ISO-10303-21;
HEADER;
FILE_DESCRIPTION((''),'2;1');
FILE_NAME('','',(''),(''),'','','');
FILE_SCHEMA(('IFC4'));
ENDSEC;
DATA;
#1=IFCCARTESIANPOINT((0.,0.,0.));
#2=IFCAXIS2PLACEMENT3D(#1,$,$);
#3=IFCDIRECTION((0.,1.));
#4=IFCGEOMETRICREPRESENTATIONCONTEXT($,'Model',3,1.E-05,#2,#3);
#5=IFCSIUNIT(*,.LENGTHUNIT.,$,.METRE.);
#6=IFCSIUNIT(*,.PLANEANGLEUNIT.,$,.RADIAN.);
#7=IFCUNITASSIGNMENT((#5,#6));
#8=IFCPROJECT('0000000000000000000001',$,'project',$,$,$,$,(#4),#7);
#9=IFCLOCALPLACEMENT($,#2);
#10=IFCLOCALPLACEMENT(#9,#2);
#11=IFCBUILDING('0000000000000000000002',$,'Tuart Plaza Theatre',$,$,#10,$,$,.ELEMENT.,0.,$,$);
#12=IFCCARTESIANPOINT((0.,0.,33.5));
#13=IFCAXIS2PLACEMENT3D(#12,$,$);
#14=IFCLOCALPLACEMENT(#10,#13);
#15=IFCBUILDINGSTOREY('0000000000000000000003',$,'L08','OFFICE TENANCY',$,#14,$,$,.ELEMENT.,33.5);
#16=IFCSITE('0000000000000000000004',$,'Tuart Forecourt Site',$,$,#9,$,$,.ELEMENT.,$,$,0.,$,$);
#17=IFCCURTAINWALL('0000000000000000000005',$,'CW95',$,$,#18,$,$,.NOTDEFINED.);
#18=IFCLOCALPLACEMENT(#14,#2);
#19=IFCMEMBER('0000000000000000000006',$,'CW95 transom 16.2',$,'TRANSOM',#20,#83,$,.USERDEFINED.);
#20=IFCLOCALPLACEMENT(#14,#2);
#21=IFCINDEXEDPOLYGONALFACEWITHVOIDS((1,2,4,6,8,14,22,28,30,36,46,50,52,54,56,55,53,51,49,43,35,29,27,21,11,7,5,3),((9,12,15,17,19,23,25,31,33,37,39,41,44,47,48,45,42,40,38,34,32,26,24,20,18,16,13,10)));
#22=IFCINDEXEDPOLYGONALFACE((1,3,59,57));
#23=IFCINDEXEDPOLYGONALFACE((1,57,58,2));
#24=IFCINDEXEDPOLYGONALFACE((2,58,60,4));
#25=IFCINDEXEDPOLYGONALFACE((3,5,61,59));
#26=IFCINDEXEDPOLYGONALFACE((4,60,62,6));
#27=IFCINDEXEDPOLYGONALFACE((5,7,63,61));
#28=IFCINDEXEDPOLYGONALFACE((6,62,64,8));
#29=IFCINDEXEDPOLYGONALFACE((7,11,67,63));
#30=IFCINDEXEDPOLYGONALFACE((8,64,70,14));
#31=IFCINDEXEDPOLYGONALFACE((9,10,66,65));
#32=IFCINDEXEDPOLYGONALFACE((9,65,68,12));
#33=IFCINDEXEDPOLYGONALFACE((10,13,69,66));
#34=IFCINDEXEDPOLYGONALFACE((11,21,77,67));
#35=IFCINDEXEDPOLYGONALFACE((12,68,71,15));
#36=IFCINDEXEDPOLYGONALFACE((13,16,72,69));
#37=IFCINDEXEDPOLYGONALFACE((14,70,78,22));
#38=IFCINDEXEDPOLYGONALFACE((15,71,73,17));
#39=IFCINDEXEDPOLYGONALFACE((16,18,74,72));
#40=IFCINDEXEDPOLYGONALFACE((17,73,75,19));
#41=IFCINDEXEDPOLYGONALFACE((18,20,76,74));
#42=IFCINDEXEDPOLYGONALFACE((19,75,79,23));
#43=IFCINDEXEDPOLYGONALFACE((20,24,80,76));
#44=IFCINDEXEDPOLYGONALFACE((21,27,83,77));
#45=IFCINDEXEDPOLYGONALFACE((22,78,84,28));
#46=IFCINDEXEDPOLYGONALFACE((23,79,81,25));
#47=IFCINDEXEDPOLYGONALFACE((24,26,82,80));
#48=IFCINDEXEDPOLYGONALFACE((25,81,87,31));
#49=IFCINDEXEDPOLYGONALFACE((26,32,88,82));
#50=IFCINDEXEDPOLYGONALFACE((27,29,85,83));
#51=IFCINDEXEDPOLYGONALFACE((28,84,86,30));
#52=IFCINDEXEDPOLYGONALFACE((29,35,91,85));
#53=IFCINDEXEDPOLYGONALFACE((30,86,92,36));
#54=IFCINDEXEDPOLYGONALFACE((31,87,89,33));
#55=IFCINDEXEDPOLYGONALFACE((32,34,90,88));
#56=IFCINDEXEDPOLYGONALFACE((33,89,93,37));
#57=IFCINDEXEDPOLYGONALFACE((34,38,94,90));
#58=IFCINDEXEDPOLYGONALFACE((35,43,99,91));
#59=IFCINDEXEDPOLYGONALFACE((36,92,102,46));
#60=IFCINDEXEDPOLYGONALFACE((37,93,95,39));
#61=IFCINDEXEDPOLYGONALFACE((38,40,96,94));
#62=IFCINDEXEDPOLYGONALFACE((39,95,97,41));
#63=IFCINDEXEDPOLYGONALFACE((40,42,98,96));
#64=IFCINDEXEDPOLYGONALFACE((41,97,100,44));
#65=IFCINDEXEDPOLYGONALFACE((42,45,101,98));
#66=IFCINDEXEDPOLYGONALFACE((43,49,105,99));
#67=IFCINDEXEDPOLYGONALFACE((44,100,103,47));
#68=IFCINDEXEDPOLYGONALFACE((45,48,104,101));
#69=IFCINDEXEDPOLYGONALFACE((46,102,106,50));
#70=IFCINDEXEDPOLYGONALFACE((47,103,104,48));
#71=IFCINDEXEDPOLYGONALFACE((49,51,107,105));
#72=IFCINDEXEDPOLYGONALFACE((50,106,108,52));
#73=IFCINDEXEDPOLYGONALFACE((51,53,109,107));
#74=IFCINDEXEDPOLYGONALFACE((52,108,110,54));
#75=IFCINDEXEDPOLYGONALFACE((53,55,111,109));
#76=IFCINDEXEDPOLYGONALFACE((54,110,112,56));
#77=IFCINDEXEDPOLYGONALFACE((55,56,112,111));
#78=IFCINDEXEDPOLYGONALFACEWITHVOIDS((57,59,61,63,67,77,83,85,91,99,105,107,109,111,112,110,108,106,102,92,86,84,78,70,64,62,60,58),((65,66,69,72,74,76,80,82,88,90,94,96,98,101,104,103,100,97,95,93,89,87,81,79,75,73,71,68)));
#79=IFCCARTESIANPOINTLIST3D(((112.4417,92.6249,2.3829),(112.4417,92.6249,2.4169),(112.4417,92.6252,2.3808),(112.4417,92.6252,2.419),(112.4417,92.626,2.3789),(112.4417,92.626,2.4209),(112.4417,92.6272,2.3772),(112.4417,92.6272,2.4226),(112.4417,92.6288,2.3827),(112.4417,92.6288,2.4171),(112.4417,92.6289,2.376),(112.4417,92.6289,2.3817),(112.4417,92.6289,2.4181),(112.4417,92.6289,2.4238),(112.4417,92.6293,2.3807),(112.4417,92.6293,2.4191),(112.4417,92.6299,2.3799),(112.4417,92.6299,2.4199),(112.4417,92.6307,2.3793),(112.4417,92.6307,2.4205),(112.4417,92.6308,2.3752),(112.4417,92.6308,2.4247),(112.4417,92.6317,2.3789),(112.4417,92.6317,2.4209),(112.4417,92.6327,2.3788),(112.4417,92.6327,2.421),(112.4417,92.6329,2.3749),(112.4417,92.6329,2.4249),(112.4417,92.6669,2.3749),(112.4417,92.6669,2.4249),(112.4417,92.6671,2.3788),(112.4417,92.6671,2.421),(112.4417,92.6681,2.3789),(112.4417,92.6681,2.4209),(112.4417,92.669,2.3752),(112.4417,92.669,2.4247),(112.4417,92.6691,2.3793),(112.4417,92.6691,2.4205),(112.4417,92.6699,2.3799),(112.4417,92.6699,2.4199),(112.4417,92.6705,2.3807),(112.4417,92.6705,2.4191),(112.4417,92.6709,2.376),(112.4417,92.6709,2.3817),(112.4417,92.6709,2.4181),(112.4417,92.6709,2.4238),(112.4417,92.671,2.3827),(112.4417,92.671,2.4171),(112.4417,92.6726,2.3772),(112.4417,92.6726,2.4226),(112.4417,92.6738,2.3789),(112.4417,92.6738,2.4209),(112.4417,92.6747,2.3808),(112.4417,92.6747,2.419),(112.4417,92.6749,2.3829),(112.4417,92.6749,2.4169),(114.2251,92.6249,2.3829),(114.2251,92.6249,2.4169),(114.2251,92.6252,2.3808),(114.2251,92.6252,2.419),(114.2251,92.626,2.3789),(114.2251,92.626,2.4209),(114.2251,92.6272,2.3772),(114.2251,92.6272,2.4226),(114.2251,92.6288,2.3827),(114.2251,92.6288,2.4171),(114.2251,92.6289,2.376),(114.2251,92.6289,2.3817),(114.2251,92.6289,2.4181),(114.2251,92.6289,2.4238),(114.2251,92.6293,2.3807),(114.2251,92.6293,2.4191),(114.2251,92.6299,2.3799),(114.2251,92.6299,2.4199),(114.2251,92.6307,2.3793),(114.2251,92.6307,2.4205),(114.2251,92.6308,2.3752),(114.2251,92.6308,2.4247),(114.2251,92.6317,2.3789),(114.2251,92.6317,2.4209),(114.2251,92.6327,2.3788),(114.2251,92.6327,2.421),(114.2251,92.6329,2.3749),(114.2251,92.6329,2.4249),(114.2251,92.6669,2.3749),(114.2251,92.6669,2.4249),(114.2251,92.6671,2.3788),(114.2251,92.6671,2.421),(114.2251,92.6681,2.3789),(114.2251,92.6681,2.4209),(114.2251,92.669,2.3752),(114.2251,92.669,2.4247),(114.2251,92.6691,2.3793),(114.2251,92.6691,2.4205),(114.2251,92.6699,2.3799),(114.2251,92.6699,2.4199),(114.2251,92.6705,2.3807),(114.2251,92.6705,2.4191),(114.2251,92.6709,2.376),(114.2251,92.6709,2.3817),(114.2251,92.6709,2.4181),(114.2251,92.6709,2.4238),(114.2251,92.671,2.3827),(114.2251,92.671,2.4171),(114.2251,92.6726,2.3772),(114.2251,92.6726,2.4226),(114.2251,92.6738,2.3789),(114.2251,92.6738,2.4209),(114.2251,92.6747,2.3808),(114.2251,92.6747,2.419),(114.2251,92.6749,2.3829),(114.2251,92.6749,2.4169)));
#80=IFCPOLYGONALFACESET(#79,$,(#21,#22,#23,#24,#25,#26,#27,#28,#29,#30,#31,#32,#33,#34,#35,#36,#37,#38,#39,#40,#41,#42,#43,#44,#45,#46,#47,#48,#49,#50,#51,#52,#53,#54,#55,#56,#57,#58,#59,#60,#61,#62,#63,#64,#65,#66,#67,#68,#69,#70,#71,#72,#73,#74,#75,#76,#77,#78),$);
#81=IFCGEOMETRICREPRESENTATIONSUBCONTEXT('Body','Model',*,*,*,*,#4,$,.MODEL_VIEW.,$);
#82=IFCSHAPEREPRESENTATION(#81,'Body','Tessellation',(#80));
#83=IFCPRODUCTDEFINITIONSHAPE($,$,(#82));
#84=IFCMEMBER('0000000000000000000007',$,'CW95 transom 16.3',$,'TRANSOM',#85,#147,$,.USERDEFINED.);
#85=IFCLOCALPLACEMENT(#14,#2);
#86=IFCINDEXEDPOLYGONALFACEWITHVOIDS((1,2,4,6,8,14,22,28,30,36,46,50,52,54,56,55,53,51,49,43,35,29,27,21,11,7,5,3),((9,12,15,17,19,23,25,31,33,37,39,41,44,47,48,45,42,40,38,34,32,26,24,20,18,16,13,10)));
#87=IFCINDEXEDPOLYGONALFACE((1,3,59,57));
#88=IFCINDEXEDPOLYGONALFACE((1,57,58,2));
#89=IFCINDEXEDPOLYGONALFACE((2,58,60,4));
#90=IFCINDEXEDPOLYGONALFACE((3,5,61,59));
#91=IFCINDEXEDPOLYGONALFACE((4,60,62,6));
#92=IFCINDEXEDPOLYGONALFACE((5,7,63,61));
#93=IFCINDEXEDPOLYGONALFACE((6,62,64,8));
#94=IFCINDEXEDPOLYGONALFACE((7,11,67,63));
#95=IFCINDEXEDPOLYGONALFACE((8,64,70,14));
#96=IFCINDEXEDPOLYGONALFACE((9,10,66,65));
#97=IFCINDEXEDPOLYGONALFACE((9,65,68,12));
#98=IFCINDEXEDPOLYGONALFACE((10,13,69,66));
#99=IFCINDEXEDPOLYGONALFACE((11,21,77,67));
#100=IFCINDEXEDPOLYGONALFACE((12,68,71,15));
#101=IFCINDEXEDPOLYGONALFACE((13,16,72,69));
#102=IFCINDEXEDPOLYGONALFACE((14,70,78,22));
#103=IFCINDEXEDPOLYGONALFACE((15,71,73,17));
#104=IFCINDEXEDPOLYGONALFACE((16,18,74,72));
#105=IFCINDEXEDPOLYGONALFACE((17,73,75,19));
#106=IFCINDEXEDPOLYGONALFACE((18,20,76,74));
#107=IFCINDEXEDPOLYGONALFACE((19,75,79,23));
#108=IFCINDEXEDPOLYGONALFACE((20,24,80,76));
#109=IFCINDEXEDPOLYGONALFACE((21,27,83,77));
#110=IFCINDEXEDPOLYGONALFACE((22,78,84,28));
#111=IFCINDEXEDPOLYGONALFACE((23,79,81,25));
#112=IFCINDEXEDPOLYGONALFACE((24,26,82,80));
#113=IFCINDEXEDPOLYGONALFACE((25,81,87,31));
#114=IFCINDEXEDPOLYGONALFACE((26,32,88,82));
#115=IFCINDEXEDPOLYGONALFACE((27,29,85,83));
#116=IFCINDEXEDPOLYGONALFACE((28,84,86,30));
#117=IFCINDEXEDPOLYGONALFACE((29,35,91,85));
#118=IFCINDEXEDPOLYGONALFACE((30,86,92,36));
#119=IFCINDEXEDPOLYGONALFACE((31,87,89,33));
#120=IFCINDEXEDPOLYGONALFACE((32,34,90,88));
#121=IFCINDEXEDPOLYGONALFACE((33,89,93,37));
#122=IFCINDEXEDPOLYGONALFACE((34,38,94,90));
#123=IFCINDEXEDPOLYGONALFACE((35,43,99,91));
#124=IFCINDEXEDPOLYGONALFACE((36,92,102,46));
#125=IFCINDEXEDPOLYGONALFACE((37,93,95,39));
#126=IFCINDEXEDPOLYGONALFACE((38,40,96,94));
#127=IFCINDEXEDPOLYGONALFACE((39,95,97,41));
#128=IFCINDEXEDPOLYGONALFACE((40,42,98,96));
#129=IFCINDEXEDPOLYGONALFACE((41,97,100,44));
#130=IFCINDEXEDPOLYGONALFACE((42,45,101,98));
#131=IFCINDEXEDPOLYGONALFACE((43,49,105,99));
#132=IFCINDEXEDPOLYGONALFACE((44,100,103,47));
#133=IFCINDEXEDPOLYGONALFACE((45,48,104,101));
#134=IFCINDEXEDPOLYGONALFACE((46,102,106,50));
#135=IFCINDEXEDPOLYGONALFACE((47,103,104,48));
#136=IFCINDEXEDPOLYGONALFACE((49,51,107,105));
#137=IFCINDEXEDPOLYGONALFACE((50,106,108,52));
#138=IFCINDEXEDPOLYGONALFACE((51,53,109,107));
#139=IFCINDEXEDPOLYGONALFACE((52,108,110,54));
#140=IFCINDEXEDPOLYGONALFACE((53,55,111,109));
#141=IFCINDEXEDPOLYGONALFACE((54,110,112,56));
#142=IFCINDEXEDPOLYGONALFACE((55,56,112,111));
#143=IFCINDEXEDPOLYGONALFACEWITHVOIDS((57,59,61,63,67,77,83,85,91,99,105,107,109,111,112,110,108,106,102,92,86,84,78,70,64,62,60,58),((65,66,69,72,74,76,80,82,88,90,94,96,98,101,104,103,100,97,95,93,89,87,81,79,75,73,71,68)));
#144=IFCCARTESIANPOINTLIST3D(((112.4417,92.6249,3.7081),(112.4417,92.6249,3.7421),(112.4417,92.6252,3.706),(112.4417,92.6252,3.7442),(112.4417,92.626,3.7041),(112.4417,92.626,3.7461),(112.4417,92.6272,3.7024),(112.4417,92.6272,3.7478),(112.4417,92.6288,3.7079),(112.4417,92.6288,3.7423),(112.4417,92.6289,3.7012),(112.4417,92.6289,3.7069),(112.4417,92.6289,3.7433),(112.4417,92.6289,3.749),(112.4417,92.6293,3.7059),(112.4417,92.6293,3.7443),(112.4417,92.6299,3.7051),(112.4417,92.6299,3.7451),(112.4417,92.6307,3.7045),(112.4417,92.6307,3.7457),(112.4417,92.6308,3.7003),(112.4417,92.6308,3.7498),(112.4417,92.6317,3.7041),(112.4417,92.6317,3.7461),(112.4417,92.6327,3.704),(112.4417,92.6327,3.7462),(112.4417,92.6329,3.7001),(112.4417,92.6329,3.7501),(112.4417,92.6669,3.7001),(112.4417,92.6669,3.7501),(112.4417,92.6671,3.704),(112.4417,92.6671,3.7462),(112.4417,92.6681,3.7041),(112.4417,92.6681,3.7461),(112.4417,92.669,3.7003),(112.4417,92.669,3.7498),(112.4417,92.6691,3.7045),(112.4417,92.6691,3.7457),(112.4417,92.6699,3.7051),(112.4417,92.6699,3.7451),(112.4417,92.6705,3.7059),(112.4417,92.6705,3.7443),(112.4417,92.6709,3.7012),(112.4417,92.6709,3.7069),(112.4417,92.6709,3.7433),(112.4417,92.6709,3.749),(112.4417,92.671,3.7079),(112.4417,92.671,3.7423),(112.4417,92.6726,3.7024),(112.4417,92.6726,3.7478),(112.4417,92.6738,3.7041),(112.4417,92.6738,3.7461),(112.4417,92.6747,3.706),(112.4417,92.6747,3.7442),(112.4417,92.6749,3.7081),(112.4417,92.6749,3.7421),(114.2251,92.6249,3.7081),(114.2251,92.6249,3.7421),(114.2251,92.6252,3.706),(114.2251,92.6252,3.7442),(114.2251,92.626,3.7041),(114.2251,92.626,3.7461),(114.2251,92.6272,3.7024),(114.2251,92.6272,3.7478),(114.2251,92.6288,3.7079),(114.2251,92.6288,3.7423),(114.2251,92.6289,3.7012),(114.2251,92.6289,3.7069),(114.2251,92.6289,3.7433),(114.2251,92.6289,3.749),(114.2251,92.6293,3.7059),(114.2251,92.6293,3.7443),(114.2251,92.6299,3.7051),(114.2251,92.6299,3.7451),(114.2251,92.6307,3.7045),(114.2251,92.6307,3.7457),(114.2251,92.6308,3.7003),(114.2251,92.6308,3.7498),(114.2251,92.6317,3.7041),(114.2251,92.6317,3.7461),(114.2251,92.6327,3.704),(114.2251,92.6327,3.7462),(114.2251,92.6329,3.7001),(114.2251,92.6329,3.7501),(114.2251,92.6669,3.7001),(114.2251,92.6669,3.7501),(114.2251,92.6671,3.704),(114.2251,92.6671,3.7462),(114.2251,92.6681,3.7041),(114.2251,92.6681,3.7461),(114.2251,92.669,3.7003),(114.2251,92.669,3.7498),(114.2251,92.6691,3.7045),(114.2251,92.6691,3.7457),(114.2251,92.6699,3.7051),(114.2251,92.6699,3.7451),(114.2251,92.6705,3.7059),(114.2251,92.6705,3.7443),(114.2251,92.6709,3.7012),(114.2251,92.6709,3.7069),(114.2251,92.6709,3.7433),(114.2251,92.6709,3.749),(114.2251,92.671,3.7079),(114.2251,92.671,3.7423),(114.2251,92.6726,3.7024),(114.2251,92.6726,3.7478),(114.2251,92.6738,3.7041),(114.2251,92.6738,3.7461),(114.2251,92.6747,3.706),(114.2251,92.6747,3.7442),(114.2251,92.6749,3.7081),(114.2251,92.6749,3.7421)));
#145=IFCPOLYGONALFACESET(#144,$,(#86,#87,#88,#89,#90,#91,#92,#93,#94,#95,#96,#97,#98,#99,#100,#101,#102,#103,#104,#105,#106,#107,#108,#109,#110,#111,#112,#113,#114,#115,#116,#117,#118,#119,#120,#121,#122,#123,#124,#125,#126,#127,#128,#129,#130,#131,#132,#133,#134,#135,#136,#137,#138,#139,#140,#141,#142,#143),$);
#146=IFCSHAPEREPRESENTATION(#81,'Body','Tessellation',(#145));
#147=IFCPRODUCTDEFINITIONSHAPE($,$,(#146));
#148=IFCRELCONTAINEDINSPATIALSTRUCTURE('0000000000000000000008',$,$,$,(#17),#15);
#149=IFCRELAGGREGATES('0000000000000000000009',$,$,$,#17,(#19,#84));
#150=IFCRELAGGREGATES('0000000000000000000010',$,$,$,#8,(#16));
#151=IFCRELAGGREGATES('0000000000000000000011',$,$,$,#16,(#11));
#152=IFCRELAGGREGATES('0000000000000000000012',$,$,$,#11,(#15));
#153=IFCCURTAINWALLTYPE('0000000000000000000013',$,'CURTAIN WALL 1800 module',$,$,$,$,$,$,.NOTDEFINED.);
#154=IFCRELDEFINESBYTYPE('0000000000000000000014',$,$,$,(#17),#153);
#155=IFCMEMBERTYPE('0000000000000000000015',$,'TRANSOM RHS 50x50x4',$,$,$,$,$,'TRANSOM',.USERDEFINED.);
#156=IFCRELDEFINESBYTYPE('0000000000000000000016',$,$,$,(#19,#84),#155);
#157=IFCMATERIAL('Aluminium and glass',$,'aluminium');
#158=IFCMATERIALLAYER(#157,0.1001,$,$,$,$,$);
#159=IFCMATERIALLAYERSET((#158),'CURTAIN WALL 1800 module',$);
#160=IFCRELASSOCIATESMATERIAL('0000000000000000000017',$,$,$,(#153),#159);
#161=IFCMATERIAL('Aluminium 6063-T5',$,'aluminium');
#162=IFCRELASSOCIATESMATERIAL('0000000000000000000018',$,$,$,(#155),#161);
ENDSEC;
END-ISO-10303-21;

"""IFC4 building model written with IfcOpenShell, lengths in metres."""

from ifc_helpers import new_model, si_unit, direction, frame, origin, origin_2d, place, context, subcontext, project, spatial, hollow_rectangle, extrude, material, layer, layer_set, material_profile, profile_set, type_object, element, aggregate, save


model = new_model("IFC4")

# Units and contexts
model_context = context("Model", 3, precision=1e-05, world=origin(), true_north=direction((0.0, 1.0)))
body_context = subcontext(model_context, "Body", "Model", "MODEL_VIEW")
ifc_project = project(units=[si_unit("LENGTHUNIT", "METRE"), si_unit("PLANEANGLEUNIT", "RADIAN")], contexts=[model_context])

# Site, building, storey
site_placement = place(None, origin())
site = spatial("IfcSite", under=ifc_project, at=site_placement, Name="Tuart Forecourt Site", CompositionType="ELEMENT", RefElevation=0.0)
building_placement = place(site_placement, origin())
building = spatial("IfcBuilding", under=site, at=building_placement, Name="Tuart Plaza Theatre", CompositionType="ELEMENT", ElevationOfRefHeight=0.0)
storey_placement = place(building_placement, frame((0.0, 0.0, 33.5)))
storey = spatial("IfcBuildingStorey", under=building, at=storey_placement, Name="L08", Description="OFFICE TENANCY", CompositionType="ELEMENT", Elevation=33.5)

# Curtain wall, members
ifc_material_1 = material(Name="Aluminium and glass", Category="aluminium")
ifc_layer_1 = layer(ifc_material_1, 0.1001)
ifc_layer_set_1 = layer_set([ifc_layer_1], Name="CURTAIN WALL 1800 module")
curtain_wall_type = type_object("IfcCurtainWallType", Name="CURTAIN WALL 1800 module", PredefinedType="NOTDEFINED", material=ifc_layer_set_1)
curtain_wall_placement = place(storey_placement, origin())
curtain_wall = element("IfcCurtainWall", 1, at=curtain_wall_placement, inside=storey, type_object=curtain_wall_type, Name="CW95", PredefinedType="NOTDEFINED")
ifc_material_2 = material(Name="Aluminium 6063-T5", Category="aluminium")
ifc_material_profile_1 = material_profile(ifc_material_2, hollow_rectangle(XDim=0.05, YDim=0.05, WallThickness=0.0039, InnerFilletRadius=0.0039, OuterFilletRadius=0.0081, at=origin_2d()), Name="RHS 50x50x4")
ifc_profile_set_1 = profile_set([ifc_material_profile_1], Name="Aluminium 6063-T5")
member_type_1 = type_object("IfcMemberType", Name="TRANSOM RHS 50x50x4", ElementType="TRANSOM", PredefinedType="USERDEFINED", material=ifc_profile_set_1)
member_1_placement = place(storey_placement, frame((114.2251, 92.6499, 2.3999), z_axis=(-1.0, 0.0, 0.0), x_axis=(0.0, -1.0, 0.0)))
member_1 = element("IfcMember", 2, at=member_1_placement, type_object=member_type_1, Name="CW95 transom 16.2", ObjectType="TRANSOM", PredefinedType="USERDEFINED", context=body_context, shape_type="SweptSolid", body=[
    extrude(hollow_rectangle(XDim=0.05, YDim=0.05, WallThickness=0.0039, InnerFilletRadius=0.0039, OuterFilletRadius=0.0081, at=origin_2d()), origin(), (0.0, 0.0, 1.0), 1.7834),
])
member_2_placement = place(storey_placement, frame((114.2251, 92.6499, 3.7251), z_axis=(-1.0, 0.0, 0.0), x_axis=(0.0, -1.0, 0.0)))
member_2 = element("IfcMember", 3, at=member_2_placement, type_object=member_type_1, Name="CW95 transom 16.3", ObjectType="TRANSOM", PredefinedType="USERDEFINED", context=body_context, shape_type="SweptSolid", body=[
    extrude(hollow_rectangle(XDim=0.05, YDim=0.05, WallThickness=0.0039, InnerFilletRadius=0.0039, OuterFilletRadius=0.0081, at=origin_2d()), origin(), (0.0, 0.0, 1.0), 1.7834),
])
aggregate(curtain_wall, [member_1, member_2])

save(model, "model.ifc")
